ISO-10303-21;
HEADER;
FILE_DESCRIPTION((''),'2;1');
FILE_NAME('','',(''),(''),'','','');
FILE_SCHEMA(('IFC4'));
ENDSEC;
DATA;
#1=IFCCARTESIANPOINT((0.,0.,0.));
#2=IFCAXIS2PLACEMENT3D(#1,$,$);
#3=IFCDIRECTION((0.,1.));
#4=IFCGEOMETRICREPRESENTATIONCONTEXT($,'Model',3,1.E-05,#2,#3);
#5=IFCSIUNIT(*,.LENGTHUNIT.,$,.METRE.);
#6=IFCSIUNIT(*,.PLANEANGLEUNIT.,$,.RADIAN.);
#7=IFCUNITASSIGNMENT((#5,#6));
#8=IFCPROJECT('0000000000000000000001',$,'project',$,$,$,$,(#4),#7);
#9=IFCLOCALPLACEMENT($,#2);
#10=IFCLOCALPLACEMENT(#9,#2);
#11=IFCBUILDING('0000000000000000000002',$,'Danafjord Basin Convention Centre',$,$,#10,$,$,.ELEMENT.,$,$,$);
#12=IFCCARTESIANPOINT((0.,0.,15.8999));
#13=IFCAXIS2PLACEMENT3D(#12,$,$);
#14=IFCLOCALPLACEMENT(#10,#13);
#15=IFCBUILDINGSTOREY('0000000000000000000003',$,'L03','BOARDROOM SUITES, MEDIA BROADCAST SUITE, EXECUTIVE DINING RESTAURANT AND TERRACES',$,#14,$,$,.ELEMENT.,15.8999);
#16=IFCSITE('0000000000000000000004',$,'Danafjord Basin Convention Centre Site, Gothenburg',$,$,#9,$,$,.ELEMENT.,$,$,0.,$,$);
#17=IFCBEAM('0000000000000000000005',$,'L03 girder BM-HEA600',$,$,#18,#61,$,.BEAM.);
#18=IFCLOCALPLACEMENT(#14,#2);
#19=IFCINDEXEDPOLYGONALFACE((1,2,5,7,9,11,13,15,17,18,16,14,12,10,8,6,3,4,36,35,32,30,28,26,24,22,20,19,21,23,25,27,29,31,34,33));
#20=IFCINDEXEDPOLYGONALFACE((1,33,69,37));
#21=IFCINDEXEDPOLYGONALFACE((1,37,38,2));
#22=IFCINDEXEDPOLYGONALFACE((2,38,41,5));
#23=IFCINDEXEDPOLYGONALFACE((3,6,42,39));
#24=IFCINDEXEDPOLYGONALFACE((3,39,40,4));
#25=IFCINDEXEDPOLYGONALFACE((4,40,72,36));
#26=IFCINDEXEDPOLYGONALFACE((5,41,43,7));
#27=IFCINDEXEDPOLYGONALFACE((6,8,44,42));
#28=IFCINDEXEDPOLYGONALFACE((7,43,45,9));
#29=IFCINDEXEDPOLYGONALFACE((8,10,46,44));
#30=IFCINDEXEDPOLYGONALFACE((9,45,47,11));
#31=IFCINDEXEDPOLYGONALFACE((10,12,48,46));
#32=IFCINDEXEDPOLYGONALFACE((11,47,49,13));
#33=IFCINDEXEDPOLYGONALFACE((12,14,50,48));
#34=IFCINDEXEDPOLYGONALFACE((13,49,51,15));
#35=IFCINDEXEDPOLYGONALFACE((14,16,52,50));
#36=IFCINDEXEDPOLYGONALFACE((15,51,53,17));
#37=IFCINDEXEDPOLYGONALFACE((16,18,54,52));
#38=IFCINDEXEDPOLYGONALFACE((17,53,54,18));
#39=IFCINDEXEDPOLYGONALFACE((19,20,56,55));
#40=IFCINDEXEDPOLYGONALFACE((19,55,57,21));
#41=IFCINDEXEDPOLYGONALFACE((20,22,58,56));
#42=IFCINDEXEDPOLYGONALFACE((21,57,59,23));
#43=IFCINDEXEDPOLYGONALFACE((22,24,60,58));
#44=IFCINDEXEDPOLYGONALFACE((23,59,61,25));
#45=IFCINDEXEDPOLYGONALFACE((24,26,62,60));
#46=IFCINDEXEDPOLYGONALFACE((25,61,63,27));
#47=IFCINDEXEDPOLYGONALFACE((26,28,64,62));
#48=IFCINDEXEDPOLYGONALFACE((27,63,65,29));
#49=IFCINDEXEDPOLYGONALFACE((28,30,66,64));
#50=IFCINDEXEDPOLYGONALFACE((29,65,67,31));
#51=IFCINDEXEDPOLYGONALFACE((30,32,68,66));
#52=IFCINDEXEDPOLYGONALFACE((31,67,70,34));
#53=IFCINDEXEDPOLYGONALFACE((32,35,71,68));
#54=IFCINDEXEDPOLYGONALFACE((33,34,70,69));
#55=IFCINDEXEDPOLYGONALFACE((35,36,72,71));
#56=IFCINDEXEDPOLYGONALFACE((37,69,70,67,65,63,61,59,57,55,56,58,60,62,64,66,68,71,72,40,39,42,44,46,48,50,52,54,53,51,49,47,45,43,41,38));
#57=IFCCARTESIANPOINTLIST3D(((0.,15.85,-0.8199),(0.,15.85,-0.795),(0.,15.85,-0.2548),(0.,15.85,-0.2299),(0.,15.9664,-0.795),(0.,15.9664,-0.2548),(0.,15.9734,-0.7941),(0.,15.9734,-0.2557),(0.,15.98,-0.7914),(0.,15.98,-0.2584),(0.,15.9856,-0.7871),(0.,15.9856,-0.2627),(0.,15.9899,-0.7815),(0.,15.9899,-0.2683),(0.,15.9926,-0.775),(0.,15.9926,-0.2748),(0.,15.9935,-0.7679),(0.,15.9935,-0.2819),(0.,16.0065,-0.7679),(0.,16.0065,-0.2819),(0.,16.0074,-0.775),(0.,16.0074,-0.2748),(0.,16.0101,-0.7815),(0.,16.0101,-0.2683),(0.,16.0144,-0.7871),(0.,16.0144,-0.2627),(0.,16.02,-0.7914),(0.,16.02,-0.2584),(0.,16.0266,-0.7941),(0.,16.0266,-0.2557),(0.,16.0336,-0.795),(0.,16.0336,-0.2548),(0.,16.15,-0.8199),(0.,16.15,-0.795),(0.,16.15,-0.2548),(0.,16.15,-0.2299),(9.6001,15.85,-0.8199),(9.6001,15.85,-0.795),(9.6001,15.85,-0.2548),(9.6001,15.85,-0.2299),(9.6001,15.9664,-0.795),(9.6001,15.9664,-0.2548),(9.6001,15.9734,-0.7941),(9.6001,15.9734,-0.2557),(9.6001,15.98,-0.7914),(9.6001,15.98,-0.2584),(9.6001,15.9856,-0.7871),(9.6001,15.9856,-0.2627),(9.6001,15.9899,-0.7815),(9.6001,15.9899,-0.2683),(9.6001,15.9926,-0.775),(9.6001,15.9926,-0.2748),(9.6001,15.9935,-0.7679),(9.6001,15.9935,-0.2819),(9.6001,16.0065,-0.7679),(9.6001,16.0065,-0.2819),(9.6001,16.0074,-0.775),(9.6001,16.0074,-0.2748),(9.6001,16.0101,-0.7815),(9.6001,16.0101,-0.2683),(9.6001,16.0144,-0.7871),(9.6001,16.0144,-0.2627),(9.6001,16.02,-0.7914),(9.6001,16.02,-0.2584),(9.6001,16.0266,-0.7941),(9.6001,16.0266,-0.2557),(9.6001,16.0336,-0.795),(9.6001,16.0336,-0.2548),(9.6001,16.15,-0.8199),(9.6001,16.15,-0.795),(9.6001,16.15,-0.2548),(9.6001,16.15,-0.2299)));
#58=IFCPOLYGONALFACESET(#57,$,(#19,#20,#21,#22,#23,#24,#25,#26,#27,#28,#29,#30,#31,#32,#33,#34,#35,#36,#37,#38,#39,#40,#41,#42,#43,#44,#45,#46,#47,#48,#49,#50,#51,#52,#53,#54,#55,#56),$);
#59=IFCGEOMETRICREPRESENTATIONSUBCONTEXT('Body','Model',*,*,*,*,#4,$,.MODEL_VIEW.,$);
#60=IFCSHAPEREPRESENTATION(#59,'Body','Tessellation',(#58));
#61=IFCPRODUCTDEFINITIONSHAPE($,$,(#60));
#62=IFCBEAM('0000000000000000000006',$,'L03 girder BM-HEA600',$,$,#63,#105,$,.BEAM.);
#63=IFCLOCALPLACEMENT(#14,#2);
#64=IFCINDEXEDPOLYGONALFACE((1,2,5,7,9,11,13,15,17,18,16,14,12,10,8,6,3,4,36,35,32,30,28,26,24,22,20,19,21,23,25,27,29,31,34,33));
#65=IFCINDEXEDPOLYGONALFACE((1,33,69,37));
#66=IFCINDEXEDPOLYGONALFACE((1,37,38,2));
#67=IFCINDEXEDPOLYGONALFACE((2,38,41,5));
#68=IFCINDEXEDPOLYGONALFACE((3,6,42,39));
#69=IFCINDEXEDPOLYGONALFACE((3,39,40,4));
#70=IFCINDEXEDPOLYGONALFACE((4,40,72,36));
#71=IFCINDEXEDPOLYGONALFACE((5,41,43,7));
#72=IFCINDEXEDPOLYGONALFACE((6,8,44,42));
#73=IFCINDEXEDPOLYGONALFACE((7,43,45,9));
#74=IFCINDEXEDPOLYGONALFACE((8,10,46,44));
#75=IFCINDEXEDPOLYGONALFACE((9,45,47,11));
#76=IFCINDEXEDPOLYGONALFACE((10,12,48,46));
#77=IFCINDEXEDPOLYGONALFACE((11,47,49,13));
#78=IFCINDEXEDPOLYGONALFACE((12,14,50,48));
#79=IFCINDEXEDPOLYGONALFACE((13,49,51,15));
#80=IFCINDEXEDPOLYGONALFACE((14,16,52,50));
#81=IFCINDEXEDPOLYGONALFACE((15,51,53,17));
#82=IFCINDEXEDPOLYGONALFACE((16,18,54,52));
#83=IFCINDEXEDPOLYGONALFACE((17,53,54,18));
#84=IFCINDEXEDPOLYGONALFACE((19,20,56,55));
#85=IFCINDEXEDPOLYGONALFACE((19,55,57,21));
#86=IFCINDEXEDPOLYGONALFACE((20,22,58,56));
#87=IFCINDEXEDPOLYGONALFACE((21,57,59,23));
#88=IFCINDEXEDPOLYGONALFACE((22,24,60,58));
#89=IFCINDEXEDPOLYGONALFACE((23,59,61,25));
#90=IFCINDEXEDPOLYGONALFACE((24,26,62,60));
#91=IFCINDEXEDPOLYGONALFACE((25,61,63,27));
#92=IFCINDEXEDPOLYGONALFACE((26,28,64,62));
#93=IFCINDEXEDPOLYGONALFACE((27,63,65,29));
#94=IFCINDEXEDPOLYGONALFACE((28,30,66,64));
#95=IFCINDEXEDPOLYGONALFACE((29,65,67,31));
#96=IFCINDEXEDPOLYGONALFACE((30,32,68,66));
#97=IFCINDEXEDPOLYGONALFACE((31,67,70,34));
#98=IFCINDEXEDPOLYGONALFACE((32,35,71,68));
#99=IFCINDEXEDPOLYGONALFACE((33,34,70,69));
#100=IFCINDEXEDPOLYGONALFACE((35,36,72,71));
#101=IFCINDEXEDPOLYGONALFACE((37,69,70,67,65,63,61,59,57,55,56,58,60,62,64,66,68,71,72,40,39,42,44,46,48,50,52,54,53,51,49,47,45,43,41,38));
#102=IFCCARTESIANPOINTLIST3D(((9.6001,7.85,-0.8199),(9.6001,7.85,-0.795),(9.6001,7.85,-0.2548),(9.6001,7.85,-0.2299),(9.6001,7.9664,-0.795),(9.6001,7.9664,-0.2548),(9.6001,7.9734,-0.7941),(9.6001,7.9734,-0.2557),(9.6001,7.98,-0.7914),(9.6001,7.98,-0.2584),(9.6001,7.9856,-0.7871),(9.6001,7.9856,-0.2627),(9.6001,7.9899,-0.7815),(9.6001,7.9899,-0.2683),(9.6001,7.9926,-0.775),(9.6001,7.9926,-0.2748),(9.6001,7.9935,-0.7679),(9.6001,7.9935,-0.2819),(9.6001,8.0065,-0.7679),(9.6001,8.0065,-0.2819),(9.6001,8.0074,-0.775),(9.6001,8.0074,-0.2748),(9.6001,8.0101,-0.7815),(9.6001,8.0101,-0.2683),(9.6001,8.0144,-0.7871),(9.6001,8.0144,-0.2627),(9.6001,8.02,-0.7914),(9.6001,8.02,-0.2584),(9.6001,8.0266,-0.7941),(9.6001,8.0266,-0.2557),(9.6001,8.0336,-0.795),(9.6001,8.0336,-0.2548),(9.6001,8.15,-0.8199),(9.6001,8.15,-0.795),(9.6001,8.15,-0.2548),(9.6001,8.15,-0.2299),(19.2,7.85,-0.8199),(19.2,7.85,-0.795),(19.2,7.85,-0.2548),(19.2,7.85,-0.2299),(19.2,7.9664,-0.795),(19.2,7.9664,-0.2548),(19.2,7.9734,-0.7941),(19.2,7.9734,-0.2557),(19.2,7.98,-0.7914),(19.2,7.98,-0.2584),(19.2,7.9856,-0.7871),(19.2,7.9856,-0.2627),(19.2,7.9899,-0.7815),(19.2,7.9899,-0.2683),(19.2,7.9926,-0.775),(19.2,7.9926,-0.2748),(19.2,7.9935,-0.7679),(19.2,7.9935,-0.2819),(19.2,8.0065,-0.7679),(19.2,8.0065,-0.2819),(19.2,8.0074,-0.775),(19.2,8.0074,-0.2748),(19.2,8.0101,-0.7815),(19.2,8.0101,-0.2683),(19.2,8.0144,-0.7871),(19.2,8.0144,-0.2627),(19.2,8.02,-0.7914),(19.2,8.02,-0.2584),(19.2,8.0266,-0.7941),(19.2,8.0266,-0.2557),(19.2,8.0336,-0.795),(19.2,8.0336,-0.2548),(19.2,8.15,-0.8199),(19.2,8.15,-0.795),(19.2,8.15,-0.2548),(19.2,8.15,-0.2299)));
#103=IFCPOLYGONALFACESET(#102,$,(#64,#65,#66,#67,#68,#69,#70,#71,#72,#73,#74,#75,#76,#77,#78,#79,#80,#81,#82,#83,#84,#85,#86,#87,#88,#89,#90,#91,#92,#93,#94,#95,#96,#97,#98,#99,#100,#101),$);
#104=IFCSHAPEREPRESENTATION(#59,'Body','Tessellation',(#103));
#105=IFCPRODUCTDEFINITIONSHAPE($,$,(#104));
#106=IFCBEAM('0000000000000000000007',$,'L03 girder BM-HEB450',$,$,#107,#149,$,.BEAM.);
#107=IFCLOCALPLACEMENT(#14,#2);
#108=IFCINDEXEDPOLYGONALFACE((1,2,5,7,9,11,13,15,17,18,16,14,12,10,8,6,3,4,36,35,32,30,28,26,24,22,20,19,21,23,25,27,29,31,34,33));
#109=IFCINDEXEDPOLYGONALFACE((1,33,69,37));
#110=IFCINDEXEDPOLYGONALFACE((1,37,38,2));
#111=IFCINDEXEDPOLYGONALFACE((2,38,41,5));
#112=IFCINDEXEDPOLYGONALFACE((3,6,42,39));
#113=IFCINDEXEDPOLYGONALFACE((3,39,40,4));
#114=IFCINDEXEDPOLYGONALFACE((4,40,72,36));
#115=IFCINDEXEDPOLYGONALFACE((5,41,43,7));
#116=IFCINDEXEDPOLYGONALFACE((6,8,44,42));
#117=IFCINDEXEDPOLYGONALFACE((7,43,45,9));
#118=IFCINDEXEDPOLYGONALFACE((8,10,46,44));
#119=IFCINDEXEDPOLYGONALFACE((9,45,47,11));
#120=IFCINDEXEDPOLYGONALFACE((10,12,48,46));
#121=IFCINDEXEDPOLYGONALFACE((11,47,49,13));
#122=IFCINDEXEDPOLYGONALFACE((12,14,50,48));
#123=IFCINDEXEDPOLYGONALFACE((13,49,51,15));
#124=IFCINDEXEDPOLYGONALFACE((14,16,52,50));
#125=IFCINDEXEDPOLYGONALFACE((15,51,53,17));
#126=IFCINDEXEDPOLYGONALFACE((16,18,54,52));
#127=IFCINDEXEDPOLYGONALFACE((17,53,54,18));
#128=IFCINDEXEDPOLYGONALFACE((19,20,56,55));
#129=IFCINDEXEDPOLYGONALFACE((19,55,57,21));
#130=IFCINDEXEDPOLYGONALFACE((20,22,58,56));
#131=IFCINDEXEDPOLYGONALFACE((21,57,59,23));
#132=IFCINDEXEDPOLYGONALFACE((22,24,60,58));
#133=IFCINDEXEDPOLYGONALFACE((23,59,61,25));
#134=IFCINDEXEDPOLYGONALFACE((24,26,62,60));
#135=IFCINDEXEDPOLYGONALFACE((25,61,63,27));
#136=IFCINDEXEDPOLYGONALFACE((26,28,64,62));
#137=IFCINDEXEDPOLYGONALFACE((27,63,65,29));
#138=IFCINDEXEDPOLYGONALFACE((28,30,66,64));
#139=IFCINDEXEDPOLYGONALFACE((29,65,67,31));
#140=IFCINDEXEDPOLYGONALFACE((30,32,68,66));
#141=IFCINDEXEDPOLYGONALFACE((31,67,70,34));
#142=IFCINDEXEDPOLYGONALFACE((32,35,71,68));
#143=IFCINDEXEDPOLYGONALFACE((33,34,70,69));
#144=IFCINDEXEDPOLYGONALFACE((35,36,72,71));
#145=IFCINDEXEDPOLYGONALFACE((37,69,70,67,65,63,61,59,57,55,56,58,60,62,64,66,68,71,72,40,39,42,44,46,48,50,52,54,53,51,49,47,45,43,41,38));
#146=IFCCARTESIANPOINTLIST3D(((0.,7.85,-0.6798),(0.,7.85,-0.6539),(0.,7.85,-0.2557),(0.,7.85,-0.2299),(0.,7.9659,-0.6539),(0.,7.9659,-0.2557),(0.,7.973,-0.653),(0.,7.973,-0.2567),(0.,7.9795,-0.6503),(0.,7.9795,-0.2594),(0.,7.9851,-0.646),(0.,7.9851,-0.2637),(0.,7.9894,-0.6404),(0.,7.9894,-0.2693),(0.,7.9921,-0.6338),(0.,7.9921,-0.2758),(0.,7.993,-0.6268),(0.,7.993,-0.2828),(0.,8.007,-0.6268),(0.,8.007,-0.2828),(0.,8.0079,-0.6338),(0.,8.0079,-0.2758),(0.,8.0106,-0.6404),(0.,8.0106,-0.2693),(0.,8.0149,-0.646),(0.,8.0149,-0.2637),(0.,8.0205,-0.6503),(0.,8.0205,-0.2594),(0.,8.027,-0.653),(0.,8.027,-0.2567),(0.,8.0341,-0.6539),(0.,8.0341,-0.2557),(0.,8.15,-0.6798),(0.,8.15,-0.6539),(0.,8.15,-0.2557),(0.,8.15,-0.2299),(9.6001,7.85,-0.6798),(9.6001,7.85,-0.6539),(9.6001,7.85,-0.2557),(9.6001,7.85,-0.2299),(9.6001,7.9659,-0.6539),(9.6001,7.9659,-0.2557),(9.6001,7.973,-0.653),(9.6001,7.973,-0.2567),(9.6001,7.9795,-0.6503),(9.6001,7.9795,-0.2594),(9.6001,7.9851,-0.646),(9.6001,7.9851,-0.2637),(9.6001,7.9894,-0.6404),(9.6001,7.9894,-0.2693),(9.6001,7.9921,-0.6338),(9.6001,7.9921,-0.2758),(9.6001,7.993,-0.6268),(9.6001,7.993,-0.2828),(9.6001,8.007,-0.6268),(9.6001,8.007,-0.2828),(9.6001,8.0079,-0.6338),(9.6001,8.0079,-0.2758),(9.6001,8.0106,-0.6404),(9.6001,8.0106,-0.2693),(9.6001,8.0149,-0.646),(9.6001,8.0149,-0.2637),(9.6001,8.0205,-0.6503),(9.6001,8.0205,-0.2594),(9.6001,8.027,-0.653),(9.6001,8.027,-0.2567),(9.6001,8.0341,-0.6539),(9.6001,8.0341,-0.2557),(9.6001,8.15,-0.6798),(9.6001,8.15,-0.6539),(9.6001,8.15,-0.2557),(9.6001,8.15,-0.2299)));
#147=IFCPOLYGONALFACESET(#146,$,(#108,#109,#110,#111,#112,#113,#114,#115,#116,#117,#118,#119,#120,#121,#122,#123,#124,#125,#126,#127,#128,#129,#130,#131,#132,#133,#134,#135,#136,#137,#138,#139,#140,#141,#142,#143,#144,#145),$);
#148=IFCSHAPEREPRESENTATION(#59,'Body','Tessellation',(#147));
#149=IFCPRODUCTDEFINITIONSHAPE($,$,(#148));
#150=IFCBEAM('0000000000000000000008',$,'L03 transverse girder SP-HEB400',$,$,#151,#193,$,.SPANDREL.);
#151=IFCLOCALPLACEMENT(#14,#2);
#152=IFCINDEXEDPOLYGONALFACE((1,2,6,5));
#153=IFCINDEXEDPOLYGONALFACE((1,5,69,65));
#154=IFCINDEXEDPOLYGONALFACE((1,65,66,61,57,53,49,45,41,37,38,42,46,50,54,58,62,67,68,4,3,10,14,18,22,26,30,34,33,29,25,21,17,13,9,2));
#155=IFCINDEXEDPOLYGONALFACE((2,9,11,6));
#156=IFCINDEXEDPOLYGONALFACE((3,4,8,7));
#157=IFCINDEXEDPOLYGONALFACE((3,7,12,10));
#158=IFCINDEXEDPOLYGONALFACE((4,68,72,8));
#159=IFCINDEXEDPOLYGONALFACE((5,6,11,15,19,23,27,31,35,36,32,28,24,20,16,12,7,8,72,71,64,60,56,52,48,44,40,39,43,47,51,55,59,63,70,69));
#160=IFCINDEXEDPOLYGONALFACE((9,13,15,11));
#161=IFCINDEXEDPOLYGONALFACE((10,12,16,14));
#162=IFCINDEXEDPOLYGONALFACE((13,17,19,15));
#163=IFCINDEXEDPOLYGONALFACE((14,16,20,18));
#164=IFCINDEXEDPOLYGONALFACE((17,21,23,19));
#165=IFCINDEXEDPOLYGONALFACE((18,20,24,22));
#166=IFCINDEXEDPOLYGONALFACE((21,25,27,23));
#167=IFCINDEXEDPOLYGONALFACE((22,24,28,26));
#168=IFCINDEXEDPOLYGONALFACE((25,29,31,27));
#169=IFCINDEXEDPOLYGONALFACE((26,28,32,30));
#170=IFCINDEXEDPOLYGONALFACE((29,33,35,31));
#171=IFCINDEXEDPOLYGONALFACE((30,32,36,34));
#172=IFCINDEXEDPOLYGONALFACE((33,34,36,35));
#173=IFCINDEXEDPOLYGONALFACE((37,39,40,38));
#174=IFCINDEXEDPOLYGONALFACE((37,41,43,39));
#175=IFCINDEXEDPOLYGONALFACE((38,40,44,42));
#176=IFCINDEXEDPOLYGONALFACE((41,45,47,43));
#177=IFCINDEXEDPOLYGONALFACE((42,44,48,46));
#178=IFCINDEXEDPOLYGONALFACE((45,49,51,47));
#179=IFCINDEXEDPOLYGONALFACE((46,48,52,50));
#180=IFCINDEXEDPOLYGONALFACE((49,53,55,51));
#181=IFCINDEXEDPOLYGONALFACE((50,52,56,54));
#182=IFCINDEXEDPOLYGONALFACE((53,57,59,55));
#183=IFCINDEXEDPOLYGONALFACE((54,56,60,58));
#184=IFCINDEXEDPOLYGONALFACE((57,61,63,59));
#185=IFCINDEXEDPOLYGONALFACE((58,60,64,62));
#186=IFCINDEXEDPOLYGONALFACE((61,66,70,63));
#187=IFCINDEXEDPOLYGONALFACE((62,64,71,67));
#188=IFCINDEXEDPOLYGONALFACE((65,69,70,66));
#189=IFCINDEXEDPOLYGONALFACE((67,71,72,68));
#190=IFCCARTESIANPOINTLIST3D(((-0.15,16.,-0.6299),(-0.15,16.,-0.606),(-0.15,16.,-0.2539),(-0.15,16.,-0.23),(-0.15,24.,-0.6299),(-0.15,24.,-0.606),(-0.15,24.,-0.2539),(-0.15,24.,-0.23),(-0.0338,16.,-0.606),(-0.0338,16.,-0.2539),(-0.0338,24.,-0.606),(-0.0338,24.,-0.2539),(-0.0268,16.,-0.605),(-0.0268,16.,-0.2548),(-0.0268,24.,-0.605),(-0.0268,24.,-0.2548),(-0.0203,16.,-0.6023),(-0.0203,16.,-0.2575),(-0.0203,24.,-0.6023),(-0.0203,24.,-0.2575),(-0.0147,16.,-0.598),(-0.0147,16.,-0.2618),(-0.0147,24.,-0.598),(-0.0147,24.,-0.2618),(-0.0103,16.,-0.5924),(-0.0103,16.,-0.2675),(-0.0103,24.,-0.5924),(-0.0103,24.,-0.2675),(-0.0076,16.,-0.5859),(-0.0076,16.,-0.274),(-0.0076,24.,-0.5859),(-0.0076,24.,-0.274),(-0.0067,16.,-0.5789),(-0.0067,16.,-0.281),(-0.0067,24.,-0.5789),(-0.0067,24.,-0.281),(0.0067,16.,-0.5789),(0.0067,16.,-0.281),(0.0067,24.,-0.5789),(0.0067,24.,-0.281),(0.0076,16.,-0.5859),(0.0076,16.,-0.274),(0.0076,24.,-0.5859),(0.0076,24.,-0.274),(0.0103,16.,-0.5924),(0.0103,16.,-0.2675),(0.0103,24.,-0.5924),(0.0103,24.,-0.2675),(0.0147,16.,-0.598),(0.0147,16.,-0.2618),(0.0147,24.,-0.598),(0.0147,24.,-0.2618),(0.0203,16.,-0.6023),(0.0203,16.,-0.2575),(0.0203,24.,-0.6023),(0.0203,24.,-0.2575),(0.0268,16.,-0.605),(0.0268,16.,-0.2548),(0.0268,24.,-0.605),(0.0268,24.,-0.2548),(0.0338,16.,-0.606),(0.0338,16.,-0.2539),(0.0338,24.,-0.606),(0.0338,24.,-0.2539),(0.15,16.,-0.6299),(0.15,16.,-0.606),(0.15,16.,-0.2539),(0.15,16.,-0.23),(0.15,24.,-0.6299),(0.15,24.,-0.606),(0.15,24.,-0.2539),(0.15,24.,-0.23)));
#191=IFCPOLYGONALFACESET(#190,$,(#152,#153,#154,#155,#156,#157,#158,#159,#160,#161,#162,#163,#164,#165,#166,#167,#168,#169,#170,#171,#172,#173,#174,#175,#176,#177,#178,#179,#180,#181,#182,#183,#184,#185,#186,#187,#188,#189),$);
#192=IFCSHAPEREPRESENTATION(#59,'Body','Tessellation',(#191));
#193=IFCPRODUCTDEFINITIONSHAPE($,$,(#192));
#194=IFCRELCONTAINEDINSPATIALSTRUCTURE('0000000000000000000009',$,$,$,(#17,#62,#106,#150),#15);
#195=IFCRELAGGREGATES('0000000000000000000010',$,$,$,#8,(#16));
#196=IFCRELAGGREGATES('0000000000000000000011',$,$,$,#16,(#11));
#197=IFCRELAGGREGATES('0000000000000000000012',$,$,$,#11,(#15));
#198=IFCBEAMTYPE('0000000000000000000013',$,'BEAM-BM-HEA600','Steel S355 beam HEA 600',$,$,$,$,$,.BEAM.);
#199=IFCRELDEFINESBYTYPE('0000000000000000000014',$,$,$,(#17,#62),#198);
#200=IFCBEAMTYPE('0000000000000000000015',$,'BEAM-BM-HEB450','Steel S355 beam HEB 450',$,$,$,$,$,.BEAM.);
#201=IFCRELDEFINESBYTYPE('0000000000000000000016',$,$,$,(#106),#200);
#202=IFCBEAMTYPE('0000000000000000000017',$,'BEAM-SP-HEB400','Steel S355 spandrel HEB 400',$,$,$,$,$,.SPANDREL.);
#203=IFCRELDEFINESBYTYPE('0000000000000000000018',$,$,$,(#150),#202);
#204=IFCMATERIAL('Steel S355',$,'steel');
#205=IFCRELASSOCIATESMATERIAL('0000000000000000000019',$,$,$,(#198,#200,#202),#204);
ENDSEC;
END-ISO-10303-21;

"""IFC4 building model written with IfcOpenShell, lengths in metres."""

from ifc_helpers import new_model, si_unit, direction, frame, origin, origin_2d, place, context, subcontext, project, spatial, i_section, extrude, material, material_profile, profile_set, type_object, element, save


model = new_model("IFC4")

# Units and contexts
model_context = context("Model", 3, precision=1e-05, world=origin(), true_north=direction((0.0, 1.0)))
body_context = subcontext(model_context, "Body", "Model", "MODEL_VIEW")
ifc_project = project(units=[si_unit("LENGTHUNIT", "METRE"), si_unit("PLANEANGLEUNIT", "RADIAN")], contexts=[model_context])

# Site, building, storey
site_placement = place(None, origin())
site = spatial("IfcSite", under=ifc_project, at=site_placement, Name="Danafjord Basin Convention Centre Site, Gothenburg", CompositionType="ELEMENT", RefElevation=0.0)
building_placement = place(site_placement, origin())
building = spatial("IfcBuilding", under=site, at=building_placement, Name="Danafjord Basin Convention Centre", CompositionType="ELEMENT")
storey_placement = place(building_placement, frame((0.0, 0.0, 15.8999)))
storey = spatial("IfcBuildingStorey", under=building, at=storey_placement, Name="L03", Description="BOARDROOM SUITES, MEDIA BROADCAST SUITE, EXECUTIVE DINING RESTAURANT AND TERRACES", CompositionType="ELEMENT", Elevation=15.8999)

# Shared definitions
ifc_material_1 = material(Name="Steel S355", Category="steel")

# Beams
ifc_material_profile_1 = material_profile(ifc_material_1, i_section(OverallWidth=0.3, OverallDepth=0.5901, WebThickness=0.0129, FlangeThickness=0.0249, FilletRadius=0.0271, at=origin_2d()), Name="HEA 600")
ifc_profile_set_1 = profile_set([ifc_material_profile_1], Name="Steel S355")
beam_type_1 = type_object("IfcBeamType", Name="BEAM-BM-HEA600", Description="Steel S355 beam HEA 600", PredefinedType="BEAM", material=ifc_profile_set_1)
beam_1_placement = place(storey_placement, frame((0.0, 16.0, -0.5249), z_axis=(1.0, 0.0, 0.0), x_axis=(0.0, 1.0, 0.0)))
element("IfcBeam", 1, at=beam_1_placement, inside=storey, type_object=beam_type_1, Name="L03 girder BM-HEA600", PredefinedType="BEAM", context=body_context, shape_type="SweptSolid", body=[
    extrude(i_section(OverallWidth=0.3, OverallDepth=0.5901, WebThickness=0.0129, FlangeThickness=0.0249, FilletRadius=0.0271, at=origin_2d()), origin(), (0.0, 0.0, 1.0), 9.6001),
])
beam_2_placement = place(storey_placement, frame((9.6001, 8.0, -0.5249), z_axis=(1.0, 0.0, 0.0), x_axis=(0.0, 1.0, 0.0)))
element("IfcBeam", 2, at=beam_2_placement, inside=storey, type_object=beam_type_1, Name="L03 girder BM-HEA600", PredefinedType="BEAM", context=body_context, shape_type="SweptSolid", body=[
    extrude(i_section(OverallWidth=0.3, OverallDepth=0.5901, WebThickness=0.0129, FlangeThickness=0.0249, FilletRadius=0.0271, at=origin_2d()), origin(), (0.0, 0.0, 1.0), 9.5999),
])
ifc_material_profile_2 = material_profile(ifc_material_1, i_section(OverallWidth=0.3, OverallDepth=0.45, WebThickness=0.0139, FlangeThickness=0.0259, FilletRadius=0.0271, at=origin_2d()), Name="HEB 450")
ifc_profile_set_2 = profile_set([ifc_material_profile_2], Name="Steel S355")
beam_type_2 = type_object("IfcBeamType", Name="BEAM-BM-HEB450", Description="Steel S355 beam HEB 450", PredefinedType="BEAM", material=ifc_profile_set_2)
beam_3_placement = place(storey_placement, frame((0.0, 8.0, -0.4548), z_axis=(1.0, 0.0, 0.0), x_axis=(0.0, 1.0, 0.0)))
element("IfcBeam", 3, at=beam_3_placement, inside=storey, type_object=beam_type_2, Name="L03 girder BM-HEB450", PredefinedType="BEAM", context=body_context, shape_type="SweptSolid", body=[
    extrude(i_section(OverallWidth=0.3, OverallDepth=0.45, WebThickness=0.0139, FlangeThickness=0.0259, FilletRadius=0.0271, at=origin_2d()), origin(), (0.0, 0.0, 1.0), 9.6001),
])
ifc_material_profile_3 = material_profile(ifc_material_1, i_section(OverallWidth=0.3, OverallDepth=0.3999, WebThickness=0.0134, FlangeThickness=0.0239, FilletRadius=0.0271, at=origin_2d()), Name="HEB 400")
ifc_profile_set_3 = profile_set([ifc_material_profile_3], Name="Steel S355")
beam_type_3 = type_object("IfcBeamType", Name="BEAM-SP-HEB400", Description="Steel S355 spandrel HEB 400", PredefinedType="SPANDREL", material=ifc_profile_set_3)
beam_4_placement = place(storey_placement, frame((0.0, 16.0, -0.4299), z_axis=(0.0, 1.0, 0.0), x_axis=(-1.0, 0.0, 0.0)))
element("IfcBeam", 4, at=beam_4_placement, inside=storey, type_object=beam_type_3, Name="L03 transverse girder SP-HEB400", PredefinedType="SPANDREL", context=body_context, shape_type="SweptSolid", body=[
    extrude(i_section(OverallWidth=0.3, OverallDepth=0.3999, WebThickness=0.0134, FlangeThickness=0.0239, FilletRadius=0.0271, at=origin_2d()), origin(), (0.0, 0.0, 1.0), 8.0),
])

save(model, "model.ifc")
